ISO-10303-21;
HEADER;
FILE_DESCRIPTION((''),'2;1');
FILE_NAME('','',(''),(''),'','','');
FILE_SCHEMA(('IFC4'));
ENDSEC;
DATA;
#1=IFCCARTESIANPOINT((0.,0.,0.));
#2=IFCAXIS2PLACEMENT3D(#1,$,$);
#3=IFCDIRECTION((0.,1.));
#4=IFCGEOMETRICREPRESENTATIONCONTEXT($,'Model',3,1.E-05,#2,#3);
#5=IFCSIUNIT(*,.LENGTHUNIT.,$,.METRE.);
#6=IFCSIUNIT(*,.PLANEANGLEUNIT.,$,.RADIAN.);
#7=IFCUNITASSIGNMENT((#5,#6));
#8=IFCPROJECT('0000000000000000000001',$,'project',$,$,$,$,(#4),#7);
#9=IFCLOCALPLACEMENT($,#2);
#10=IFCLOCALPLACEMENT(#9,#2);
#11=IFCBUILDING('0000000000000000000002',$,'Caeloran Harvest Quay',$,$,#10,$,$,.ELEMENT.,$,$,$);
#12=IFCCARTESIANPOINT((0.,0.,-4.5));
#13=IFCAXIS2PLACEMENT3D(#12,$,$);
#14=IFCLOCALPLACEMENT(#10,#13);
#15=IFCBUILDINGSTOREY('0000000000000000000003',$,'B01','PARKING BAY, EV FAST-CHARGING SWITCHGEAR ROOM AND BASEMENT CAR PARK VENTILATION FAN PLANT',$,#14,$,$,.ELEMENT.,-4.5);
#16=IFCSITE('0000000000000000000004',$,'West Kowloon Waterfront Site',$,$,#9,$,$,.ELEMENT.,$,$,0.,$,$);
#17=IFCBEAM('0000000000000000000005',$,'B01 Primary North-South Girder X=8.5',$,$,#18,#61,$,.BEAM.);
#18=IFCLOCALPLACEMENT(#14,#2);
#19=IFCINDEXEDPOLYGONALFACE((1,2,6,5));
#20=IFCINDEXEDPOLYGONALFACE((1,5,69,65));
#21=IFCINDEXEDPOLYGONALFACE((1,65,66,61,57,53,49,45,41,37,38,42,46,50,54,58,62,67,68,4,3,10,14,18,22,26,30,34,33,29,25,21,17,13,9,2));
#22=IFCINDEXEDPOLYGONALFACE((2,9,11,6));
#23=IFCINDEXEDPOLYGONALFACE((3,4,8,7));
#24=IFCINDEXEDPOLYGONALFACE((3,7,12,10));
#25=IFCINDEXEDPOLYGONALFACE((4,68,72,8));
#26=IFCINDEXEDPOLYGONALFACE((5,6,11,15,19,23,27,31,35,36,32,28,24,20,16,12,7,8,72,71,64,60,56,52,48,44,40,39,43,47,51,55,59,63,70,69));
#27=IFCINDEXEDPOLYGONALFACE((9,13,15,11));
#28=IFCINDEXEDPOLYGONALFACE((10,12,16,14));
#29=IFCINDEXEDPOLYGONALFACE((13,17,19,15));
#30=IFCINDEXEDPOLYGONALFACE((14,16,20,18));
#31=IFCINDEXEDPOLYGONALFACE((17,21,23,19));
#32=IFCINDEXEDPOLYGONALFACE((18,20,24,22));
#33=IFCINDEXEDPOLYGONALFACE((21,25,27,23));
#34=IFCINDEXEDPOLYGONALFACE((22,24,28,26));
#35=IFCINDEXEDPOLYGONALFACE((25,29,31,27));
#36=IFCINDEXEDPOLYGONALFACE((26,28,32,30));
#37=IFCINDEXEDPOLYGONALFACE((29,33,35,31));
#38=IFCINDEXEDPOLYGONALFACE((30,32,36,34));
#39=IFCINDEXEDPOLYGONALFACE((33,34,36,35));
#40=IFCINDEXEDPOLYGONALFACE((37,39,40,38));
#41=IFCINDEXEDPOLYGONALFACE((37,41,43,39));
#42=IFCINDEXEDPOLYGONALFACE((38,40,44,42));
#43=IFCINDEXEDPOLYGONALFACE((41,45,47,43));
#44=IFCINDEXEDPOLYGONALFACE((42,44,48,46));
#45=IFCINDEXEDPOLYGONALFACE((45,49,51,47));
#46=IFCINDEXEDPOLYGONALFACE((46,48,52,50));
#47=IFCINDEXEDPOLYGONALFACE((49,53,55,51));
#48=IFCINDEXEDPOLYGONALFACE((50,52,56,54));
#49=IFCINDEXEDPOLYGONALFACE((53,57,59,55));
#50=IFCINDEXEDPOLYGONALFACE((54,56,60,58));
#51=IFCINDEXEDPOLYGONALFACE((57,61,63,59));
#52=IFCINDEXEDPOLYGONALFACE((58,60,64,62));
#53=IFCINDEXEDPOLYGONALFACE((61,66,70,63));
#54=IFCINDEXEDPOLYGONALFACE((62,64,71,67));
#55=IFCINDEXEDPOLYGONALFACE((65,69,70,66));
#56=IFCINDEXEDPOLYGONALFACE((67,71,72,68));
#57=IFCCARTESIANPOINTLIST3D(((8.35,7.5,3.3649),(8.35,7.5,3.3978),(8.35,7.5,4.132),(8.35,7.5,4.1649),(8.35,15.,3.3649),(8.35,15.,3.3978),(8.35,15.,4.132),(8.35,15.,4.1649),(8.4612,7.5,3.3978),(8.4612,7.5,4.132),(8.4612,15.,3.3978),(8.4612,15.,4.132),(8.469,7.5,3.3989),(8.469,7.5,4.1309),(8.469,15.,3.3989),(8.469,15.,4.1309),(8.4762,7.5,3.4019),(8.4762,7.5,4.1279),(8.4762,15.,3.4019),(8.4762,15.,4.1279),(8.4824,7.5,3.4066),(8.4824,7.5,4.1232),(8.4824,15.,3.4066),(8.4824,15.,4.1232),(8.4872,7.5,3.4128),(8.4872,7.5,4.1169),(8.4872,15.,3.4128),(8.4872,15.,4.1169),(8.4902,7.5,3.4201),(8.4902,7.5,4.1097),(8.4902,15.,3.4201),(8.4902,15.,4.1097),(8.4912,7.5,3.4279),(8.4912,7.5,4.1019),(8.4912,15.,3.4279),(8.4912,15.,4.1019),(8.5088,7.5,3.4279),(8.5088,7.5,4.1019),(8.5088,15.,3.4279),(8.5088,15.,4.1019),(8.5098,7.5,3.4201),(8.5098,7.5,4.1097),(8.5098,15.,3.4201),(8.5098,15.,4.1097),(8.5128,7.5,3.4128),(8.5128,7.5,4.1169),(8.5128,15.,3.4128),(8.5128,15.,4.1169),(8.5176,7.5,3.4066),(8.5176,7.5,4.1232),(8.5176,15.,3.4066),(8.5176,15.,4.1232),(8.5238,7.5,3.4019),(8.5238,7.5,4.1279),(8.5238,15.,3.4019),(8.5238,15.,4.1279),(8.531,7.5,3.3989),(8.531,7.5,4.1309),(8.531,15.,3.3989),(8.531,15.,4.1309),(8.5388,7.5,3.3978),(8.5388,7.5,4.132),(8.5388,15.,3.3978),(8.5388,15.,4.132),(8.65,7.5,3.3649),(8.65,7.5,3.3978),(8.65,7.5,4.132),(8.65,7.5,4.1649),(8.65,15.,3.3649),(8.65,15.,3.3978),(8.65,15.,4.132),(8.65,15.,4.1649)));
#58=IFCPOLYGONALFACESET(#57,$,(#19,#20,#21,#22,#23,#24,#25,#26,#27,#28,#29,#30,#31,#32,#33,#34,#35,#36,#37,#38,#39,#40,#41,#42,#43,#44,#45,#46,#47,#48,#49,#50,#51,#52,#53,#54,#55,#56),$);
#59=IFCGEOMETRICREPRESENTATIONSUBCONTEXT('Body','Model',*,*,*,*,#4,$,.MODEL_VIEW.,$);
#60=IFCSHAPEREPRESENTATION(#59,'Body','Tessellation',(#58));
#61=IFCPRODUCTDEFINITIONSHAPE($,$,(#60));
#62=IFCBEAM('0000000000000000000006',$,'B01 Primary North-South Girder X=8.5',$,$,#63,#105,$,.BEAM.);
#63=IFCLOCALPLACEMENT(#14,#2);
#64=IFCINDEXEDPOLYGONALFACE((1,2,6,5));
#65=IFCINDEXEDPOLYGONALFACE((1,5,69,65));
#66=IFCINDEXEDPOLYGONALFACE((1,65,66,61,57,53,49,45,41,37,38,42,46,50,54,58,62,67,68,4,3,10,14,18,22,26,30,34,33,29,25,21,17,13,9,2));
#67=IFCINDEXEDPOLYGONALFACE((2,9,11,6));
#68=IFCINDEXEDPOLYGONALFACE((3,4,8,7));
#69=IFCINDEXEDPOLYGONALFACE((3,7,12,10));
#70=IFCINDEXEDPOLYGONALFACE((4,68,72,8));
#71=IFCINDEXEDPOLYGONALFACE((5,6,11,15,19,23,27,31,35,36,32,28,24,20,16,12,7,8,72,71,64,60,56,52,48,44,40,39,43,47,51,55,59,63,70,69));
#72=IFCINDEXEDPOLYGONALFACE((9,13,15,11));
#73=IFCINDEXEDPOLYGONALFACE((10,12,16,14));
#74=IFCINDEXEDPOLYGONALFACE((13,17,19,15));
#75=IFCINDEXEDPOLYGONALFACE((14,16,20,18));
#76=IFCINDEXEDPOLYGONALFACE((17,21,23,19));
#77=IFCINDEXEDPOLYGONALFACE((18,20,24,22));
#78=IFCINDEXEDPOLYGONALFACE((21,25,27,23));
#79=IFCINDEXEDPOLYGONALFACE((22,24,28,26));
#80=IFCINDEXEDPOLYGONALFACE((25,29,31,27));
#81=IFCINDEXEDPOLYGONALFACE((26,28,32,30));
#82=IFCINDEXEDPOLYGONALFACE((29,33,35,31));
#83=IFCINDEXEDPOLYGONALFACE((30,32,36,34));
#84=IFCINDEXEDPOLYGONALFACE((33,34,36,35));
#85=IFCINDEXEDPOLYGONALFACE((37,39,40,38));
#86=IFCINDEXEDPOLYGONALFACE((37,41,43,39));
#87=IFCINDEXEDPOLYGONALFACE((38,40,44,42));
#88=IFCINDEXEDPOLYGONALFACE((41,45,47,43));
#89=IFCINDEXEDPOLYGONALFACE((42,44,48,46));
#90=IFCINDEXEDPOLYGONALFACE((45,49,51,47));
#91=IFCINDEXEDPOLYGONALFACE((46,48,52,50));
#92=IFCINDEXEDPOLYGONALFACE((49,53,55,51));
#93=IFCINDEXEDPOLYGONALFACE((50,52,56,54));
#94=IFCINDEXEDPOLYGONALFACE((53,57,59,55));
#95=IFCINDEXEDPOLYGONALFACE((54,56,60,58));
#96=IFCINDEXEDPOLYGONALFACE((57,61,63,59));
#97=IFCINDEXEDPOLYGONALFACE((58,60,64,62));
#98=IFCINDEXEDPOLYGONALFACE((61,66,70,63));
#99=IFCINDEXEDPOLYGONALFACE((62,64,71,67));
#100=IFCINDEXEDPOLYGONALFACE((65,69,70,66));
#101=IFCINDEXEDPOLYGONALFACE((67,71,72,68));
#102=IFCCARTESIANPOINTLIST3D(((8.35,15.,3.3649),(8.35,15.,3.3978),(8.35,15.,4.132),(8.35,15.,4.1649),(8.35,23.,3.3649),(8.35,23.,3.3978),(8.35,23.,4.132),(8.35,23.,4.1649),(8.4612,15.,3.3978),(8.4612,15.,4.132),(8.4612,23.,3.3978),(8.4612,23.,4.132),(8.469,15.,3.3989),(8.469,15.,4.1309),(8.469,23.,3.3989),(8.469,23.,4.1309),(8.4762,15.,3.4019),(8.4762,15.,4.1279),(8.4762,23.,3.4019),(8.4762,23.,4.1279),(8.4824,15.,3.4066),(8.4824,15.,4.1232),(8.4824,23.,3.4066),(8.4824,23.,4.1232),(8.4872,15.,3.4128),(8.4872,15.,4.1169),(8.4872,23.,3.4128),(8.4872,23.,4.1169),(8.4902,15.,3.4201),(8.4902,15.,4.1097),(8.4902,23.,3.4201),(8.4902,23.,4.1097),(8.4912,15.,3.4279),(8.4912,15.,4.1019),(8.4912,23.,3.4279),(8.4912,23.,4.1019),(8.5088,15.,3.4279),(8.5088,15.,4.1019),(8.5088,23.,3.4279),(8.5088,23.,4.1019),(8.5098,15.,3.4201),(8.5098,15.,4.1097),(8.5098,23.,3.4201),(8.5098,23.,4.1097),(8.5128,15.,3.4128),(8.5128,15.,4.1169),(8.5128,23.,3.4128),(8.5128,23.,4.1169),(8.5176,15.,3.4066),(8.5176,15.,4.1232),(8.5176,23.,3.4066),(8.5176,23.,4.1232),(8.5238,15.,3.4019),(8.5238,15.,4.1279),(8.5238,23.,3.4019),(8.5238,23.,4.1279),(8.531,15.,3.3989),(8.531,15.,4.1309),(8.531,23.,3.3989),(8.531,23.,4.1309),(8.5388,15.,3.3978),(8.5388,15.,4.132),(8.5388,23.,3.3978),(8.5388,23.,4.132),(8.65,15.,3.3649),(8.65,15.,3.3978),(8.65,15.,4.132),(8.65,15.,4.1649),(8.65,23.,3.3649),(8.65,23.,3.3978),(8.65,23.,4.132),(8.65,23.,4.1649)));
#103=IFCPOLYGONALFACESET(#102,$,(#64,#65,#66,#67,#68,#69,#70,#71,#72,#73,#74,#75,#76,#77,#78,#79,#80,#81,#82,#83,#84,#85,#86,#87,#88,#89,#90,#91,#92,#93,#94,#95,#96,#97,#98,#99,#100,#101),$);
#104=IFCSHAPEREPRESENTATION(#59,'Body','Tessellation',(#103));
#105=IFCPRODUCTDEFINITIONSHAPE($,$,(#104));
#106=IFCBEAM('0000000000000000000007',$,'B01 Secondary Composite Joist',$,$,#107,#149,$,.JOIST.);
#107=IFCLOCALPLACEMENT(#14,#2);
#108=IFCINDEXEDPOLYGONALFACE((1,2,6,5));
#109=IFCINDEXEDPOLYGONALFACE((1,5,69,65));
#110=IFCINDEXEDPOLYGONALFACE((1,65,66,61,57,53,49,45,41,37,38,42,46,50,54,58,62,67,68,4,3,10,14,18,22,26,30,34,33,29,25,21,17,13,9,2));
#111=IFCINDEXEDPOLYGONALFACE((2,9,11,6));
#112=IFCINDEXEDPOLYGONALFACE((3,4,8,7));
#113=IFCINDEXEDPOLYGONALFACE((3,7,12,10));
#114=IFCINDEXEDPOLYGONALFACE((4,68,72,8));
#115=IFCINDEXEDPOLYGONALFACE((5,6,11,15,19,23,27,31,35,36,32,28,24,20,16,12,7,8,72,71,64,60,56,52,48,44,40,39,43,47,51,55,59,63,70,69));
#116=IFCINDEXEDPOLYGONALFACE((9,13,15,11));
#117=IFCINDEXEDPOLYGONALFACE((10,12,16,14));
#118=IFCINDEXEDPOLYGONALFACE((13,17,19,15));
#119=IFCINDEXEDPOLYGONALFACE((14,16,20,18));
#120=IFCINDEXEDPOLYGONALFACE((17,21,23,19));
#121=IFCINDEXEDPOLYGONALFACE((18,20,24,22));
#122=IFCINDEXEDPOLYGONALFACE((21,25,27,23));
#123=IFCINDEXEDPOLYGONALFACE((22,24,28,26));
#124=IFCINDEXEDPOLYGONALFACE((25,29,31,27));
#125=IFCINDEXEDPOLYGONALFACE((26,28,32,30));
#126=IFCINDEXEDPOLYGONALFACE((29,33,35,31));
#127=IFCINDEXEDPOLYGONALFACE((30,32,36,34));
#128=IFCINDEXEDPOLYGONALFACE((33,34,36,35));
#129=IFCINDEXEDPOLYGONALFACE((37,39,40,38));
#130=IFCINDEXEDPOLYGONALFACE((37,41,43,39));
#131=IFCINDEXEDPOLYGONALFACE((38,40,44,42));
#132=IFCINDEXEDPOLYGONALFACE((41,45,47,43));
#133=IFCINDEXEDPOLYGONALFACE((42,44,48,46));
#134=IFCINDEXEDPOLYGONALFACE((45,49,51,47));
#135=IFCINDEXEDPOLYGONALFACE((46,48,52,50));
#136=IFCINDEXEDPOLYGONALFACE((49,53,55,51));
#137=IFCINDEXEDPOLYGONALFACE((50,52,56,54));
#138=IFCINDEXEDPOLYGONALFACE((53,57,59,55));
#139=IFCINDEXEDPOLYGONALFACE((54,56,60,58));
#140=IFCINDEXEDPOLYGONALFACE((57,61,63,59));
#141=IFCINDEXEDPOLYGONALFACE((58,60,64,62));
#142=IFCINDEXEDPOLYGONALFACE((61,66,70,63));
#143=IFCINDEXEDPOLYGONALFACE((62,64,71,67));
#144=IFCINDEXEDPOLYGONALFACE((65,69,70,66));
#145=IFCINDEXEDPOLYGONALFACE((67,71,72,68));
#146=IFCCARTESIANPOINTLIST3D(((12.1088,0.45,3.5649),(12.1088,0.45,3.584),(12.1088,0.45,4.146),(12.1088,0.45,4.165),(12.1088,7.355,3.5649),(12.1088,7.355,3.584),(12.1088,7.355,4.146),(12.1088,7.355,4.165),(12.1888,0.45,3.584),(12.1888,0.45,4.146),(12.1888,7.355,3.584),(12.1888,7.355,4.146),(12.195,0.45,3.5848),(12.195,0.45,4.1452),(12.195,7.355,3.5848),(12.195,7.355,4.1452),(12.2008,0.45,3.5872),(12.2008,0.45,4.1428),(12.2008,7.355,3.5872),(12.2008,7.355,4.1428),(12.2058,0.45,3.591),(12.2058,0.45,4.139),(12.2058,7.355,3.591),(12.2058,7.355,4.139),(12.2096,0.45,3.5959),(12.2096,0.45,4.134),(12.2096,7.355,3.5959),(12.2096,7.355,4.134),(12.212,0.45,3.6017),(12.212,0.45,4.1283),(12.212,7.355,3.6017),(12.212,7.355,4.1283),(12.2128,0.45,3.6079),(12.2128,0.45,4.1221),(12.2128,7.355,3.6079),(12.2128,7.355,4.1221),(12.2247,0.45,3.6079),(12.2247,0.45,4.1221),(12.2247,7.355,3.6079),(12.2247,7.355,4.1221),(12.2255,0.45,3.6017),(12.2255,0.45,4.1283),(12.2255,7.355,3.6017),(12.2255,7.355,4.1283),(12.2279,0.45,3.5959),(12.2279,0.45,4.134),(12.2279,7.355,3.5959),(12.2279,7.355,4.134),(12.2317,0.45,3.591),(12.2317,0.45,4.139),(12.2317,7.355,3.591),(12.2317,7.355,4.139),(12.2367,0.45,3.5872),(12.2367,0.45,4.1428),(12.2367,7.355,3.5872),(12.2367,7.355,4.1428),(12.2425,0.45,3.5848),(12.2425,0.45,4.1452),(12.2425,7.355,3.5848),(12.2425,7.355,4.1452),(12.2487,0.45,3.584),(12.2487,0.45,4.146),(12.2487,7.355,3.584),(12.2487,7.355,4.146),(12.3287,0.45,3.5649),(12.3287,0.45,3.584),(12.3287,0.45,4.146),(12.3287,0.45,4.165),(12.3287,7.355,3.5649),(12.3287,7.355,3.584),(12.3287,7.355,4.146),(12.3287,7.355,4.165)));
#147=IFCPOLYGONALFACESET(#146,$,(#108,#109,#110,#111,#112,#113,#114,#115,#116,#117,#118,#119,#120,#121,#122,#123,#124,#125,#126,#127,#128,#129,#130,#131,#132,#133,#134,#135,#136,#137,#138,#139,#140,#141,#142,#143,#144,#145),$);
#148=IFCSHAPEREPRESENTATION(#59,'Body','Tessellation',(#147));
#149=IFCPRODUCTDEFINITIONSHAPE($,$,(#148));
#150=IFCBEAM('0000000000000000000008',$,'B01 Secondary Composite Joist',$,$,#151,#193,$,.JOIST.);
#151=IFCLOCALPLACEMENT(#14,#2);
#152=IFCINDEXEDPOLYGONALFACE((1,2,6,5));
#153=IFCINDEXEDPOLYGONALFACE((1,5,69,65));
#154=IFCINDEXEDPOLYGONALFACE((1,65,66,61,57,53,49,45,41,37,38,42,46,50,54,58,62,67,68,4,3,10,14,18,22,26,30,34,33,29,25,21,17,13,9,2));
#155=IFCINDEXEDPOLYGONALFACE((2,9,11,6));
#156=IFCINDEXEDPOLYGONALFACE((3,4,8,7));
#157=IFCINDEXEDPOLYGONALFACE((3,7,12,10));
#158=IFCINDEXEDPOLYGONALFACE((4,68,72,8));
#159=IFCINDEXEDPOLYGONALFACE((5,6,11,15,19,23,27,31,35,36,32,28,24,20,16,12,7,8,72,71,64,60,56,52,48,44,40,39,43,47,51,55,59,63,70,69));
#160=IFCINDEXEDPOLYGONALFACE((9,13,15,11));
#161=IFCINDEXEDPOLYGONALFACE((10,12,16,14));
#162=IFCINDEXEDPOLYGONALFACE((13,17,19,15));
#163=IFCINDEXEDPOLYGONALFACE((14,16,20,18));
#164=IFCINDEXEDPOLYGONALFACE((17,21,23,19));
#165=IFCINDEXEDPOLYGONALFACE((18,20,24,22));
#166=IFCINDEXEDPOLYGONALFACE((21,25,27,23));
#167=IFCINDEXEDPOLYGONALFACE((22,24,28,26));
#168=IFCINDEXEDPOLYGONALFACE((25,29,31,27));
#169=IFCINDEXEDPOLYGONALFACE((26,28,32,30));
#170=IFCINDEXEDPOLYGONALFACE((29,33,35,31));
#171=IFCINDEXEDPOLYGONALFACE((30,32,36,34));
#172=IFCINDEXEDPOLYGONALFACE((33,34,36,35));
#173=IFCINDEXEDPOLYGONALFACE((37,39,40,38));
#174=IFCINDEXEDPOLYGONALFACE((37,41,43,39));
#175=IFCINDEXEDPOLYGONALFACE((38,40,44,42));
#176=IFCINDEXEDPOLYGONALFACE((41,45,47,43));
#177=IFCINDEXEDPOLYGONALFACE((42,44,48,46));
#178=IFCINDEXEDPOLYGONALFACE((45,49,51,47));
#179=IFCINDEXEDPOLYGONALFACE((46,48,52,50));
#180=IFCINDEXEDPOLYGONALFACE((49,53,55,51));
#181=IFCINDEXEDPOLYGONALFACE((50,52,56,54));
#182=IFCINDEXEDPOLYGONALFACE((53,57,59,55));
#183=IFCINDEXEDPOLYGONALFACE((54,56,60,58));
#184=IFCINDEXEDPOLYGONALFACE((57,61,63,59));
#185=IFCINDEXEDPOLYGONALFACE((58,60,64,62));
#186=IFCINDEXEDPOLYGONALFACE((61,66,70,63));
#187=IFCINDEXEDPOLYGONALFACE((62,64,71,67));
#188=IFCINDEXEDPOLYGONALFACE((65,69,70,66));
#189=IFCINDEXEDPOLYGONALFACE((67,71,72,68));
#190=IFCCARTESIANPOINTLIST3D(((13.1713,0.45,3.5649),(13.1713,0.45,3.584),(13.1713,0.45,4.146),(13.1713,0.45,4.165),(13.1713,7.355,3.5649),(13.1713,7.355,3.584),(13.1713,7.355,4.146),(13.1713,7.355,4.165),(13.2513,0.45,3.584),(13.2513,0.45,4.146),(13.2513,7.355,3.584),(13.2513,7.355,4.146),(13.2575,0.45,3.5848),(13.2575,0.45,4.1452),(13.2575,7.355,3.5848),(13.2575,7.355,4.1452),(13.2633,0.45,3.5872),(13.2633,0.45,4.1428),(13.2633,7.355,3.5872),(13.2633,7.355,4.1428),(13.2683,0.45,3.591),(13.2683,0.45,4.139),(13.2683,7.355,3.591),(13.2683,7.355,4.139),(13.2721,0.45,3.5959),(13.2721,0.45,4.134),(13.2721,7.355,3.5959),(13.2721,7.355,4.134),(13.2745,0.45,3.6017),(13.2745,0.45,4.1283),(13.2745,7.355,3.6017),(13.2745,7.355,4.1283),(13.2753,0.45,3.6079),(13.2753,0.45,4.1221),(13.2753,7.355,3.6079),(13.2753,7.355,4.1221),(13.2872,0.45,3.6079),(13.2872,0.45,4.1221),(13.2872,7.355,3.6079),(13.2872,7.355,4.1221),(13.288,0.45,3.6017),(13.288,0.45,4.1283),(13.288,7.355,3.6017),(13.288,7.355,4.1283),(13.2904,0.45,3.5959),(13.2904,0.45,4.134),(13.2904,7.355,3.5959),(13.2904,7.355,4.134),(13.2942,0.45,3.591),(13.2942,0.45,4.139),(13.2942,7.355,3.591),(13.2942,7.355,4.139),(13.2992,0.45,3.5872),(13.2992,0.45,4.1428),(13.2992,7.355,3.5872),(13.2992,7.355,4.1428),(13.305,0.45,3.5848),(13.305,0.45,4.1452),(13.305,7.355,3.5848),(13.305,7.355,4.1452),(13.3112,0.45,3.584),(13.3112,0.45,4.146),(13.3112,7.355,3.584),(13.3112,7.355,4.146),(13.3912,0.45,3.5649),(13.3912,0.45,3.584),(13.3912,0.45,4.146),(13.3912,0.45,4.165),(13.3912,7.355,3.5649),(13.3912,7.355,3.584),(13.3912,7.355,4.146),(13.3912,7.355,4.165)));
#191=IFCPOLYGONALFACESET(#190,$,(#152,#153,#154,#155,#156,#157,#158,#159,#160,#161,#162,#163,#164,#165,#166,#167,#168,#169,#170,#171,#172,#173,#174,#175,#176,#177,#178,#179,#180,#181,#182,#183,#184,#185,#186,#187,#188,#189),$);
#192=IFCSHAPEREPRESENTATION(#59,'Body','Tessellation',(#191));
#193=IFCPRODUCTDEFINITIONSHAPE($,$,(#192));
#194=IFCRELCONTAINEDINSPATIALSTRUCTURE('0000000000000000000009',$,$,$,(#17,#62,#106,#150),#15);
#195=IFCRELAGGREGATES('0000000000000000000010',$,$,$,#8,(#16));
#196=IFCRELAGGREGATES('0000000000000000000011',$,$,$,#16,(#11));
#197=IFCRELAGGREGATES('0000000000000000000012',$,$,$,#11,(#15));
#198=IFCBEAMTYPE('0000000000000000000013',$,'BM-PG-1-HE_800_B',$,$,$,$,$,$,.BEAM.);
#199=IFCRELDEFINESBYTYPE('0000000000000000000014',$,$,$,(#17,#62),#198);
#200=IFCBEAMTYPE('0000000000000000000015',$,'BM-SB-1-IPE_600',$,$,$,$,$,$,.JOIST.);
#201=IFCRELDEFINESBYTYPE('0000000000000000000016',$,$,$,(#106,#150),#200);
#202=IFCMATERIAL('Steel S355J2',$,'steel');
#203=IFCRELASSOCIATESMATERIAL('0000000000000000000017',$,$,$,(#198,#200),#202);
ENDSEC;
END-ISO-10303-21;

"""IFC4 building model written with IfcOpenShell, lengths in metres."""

from ifc_helpers import new_model, si_unit, direction, frame, origin, origin_2d, place, context, subcontext, project, spatial, i_section, extrude, material, material_profile, profile_set, type_object, element, save


model = new_model("IFC4")

# Units and contexts
model_context = context("Model", 3, precision=1e-05, world=origin(), true_north=direction((0.0, 1.0)))
body_context = subcontext(model_context, "Body", "Model", "MODEL_VIEW")
ifc_project = project(units=[si_unit("LENGTHUNIT", "METRE"), si_unit("PLANEANGLEUNIT", "RADIAN")], contexts=[model_context])

# Site, building, storey
site_placement = place(None, origin())
site = spatial("IfcSite", under=ifc_project, at=site_placement, Name="West Kowloon Waterfront Site", CompositionType="ELEMENT", RefElevation=0.0)
building_placement = place(site_placement, origin())
building = spatial("IfcBuilding", under=site, at=building_placement, Name="Caeloran Harvest Quay", CompositionType="ELEMENT")
storey_placement = place(building_placement, frame((0.0, 0.0, -4.5)))
storey = spatial("IfcBuildingStorey", under=building, at=storey_placement, Name="B01", Description="PARKING BAY, EV FAST-CHARGING SWITCHGEAR ROOM AND BASEMENT CAR PARK VENTILATION FAN PLANT", CompositionType="ELEMENT", Elevation=-4.5)

# Beams
ifc_material_1 = material(Name="Steel S355J2", Category="steel")
ifc_material_profile_1 = material_profile(ifc_material_1, i_section(OverallWidth=0.3, OverallDepth=0.8, WebThickness=0.0176, FlangeThickness=0.033, FilletRadius=0.03, at=origin_2d()), Name="HE 800 B")
ifc_profile_set_1 = profile_set([ifc_material_profile_1], Name="Steel S355J2")
beam_type_1 = type_object("IfcBeamType", Name="BM-PG-1-HE_800_B", PredefinedType="BEAM", material=ifc_profile_set_1)
beam_1_placement = place(storey_placement, frame((8.5, 7.5, 3.7649), z_axis=(0.0, 1.0, 0.0), x_axis=(-1.0, 0.0, 0.0)))
element("IfcBeam", 1, at=beam_1_placement, inside=storey, type_object=beam_type_1, Name="B01 Primary North-South Girder X=8.5", PredefinedType="BEAM", context=body_context, shape_type="SweptSolid", body=[
    extrude(i_section(OverallWidth=0.3, OverallDepth=0.8, WebThickness=0.0176, FlangeThickness=0.033, FilletRadius=0.03, at=origin_2d()), origin(), (0.0, 0.0, 1.0), 7.5),
])
beam_2_placement = place(storey_placement, frame((8.5, 15.0, 3.7649), z_axis=(0.0, 1.0, 0.0), x_axis=(-1.0, 0.0, 0.0)))
element("IfcBeam", 2, at=beam_2_placement, inside=storey, type_object=beam_type_1, Name="B01 Primary North-South Girder X=8.5", PredefinedType="BEAM", context=body_context, shape_type="SweptSolid", body=[
    extrude(i_section(OverallWidth=0.3, OverallDepth=0.8, WebThickness=0.0176, FlangeThickness=0.033, FilletRadius=0.03, at=origin_2d()), origin(), (0.0, 0.0, 1.0), 8.0),
])
ifc_material_profile_2 = material_profile(ifc_material_1, i_section(OverallWidth=0.22, OverallDepth=0.6001, WebThickness=0.012, FlangeThickness=0.019, FilletRadius=0.0239, at=origin_2d()), Name="IPE 600")
ifc_profile_set_2 = profile_set([ifc_material_profile_2], Name="Steel S355J2")
beam_type_2 = type_object("IfcBeamType", Name="BM-SB-1-IPE_600", PredefinedType="JOIST", material=ifc_profile_set_2)
for number, where, z_axis, x_axis, name in (
    (3, (12.2188, 0.45, 3.865), (0.0, 1.0, 0.0), (-1.0, 0.0, 0.0), "B01 Secondary Composite Joist"),
    (4, (13.2812, 0.45, 3.865), (0.0, 1.0, 0.0), (-1.0, 0.0, 0.0), "B01 Secondary Composite Joist"),
):
    element("IfcBeam", number, at=place(storey_placement, frame(where, z_axis=z_axis, x_axis=x_axis)), inside=storey, type_object=beam_type_2, Name=name, PredefinedType="JOIST", context=body_context, shape_type="SweptSolid", body=[
        extrude(i_section(OverallWidth=0.22, OverallDepth=0.6001, WebThickness=0.012, FlangeThickness=0.019, FilletRadius=0.0239, at=origin_2d()), origin(), (0.0, 0.0, 1.0), 6.905),
    ])

save(model, "model.ifc")
